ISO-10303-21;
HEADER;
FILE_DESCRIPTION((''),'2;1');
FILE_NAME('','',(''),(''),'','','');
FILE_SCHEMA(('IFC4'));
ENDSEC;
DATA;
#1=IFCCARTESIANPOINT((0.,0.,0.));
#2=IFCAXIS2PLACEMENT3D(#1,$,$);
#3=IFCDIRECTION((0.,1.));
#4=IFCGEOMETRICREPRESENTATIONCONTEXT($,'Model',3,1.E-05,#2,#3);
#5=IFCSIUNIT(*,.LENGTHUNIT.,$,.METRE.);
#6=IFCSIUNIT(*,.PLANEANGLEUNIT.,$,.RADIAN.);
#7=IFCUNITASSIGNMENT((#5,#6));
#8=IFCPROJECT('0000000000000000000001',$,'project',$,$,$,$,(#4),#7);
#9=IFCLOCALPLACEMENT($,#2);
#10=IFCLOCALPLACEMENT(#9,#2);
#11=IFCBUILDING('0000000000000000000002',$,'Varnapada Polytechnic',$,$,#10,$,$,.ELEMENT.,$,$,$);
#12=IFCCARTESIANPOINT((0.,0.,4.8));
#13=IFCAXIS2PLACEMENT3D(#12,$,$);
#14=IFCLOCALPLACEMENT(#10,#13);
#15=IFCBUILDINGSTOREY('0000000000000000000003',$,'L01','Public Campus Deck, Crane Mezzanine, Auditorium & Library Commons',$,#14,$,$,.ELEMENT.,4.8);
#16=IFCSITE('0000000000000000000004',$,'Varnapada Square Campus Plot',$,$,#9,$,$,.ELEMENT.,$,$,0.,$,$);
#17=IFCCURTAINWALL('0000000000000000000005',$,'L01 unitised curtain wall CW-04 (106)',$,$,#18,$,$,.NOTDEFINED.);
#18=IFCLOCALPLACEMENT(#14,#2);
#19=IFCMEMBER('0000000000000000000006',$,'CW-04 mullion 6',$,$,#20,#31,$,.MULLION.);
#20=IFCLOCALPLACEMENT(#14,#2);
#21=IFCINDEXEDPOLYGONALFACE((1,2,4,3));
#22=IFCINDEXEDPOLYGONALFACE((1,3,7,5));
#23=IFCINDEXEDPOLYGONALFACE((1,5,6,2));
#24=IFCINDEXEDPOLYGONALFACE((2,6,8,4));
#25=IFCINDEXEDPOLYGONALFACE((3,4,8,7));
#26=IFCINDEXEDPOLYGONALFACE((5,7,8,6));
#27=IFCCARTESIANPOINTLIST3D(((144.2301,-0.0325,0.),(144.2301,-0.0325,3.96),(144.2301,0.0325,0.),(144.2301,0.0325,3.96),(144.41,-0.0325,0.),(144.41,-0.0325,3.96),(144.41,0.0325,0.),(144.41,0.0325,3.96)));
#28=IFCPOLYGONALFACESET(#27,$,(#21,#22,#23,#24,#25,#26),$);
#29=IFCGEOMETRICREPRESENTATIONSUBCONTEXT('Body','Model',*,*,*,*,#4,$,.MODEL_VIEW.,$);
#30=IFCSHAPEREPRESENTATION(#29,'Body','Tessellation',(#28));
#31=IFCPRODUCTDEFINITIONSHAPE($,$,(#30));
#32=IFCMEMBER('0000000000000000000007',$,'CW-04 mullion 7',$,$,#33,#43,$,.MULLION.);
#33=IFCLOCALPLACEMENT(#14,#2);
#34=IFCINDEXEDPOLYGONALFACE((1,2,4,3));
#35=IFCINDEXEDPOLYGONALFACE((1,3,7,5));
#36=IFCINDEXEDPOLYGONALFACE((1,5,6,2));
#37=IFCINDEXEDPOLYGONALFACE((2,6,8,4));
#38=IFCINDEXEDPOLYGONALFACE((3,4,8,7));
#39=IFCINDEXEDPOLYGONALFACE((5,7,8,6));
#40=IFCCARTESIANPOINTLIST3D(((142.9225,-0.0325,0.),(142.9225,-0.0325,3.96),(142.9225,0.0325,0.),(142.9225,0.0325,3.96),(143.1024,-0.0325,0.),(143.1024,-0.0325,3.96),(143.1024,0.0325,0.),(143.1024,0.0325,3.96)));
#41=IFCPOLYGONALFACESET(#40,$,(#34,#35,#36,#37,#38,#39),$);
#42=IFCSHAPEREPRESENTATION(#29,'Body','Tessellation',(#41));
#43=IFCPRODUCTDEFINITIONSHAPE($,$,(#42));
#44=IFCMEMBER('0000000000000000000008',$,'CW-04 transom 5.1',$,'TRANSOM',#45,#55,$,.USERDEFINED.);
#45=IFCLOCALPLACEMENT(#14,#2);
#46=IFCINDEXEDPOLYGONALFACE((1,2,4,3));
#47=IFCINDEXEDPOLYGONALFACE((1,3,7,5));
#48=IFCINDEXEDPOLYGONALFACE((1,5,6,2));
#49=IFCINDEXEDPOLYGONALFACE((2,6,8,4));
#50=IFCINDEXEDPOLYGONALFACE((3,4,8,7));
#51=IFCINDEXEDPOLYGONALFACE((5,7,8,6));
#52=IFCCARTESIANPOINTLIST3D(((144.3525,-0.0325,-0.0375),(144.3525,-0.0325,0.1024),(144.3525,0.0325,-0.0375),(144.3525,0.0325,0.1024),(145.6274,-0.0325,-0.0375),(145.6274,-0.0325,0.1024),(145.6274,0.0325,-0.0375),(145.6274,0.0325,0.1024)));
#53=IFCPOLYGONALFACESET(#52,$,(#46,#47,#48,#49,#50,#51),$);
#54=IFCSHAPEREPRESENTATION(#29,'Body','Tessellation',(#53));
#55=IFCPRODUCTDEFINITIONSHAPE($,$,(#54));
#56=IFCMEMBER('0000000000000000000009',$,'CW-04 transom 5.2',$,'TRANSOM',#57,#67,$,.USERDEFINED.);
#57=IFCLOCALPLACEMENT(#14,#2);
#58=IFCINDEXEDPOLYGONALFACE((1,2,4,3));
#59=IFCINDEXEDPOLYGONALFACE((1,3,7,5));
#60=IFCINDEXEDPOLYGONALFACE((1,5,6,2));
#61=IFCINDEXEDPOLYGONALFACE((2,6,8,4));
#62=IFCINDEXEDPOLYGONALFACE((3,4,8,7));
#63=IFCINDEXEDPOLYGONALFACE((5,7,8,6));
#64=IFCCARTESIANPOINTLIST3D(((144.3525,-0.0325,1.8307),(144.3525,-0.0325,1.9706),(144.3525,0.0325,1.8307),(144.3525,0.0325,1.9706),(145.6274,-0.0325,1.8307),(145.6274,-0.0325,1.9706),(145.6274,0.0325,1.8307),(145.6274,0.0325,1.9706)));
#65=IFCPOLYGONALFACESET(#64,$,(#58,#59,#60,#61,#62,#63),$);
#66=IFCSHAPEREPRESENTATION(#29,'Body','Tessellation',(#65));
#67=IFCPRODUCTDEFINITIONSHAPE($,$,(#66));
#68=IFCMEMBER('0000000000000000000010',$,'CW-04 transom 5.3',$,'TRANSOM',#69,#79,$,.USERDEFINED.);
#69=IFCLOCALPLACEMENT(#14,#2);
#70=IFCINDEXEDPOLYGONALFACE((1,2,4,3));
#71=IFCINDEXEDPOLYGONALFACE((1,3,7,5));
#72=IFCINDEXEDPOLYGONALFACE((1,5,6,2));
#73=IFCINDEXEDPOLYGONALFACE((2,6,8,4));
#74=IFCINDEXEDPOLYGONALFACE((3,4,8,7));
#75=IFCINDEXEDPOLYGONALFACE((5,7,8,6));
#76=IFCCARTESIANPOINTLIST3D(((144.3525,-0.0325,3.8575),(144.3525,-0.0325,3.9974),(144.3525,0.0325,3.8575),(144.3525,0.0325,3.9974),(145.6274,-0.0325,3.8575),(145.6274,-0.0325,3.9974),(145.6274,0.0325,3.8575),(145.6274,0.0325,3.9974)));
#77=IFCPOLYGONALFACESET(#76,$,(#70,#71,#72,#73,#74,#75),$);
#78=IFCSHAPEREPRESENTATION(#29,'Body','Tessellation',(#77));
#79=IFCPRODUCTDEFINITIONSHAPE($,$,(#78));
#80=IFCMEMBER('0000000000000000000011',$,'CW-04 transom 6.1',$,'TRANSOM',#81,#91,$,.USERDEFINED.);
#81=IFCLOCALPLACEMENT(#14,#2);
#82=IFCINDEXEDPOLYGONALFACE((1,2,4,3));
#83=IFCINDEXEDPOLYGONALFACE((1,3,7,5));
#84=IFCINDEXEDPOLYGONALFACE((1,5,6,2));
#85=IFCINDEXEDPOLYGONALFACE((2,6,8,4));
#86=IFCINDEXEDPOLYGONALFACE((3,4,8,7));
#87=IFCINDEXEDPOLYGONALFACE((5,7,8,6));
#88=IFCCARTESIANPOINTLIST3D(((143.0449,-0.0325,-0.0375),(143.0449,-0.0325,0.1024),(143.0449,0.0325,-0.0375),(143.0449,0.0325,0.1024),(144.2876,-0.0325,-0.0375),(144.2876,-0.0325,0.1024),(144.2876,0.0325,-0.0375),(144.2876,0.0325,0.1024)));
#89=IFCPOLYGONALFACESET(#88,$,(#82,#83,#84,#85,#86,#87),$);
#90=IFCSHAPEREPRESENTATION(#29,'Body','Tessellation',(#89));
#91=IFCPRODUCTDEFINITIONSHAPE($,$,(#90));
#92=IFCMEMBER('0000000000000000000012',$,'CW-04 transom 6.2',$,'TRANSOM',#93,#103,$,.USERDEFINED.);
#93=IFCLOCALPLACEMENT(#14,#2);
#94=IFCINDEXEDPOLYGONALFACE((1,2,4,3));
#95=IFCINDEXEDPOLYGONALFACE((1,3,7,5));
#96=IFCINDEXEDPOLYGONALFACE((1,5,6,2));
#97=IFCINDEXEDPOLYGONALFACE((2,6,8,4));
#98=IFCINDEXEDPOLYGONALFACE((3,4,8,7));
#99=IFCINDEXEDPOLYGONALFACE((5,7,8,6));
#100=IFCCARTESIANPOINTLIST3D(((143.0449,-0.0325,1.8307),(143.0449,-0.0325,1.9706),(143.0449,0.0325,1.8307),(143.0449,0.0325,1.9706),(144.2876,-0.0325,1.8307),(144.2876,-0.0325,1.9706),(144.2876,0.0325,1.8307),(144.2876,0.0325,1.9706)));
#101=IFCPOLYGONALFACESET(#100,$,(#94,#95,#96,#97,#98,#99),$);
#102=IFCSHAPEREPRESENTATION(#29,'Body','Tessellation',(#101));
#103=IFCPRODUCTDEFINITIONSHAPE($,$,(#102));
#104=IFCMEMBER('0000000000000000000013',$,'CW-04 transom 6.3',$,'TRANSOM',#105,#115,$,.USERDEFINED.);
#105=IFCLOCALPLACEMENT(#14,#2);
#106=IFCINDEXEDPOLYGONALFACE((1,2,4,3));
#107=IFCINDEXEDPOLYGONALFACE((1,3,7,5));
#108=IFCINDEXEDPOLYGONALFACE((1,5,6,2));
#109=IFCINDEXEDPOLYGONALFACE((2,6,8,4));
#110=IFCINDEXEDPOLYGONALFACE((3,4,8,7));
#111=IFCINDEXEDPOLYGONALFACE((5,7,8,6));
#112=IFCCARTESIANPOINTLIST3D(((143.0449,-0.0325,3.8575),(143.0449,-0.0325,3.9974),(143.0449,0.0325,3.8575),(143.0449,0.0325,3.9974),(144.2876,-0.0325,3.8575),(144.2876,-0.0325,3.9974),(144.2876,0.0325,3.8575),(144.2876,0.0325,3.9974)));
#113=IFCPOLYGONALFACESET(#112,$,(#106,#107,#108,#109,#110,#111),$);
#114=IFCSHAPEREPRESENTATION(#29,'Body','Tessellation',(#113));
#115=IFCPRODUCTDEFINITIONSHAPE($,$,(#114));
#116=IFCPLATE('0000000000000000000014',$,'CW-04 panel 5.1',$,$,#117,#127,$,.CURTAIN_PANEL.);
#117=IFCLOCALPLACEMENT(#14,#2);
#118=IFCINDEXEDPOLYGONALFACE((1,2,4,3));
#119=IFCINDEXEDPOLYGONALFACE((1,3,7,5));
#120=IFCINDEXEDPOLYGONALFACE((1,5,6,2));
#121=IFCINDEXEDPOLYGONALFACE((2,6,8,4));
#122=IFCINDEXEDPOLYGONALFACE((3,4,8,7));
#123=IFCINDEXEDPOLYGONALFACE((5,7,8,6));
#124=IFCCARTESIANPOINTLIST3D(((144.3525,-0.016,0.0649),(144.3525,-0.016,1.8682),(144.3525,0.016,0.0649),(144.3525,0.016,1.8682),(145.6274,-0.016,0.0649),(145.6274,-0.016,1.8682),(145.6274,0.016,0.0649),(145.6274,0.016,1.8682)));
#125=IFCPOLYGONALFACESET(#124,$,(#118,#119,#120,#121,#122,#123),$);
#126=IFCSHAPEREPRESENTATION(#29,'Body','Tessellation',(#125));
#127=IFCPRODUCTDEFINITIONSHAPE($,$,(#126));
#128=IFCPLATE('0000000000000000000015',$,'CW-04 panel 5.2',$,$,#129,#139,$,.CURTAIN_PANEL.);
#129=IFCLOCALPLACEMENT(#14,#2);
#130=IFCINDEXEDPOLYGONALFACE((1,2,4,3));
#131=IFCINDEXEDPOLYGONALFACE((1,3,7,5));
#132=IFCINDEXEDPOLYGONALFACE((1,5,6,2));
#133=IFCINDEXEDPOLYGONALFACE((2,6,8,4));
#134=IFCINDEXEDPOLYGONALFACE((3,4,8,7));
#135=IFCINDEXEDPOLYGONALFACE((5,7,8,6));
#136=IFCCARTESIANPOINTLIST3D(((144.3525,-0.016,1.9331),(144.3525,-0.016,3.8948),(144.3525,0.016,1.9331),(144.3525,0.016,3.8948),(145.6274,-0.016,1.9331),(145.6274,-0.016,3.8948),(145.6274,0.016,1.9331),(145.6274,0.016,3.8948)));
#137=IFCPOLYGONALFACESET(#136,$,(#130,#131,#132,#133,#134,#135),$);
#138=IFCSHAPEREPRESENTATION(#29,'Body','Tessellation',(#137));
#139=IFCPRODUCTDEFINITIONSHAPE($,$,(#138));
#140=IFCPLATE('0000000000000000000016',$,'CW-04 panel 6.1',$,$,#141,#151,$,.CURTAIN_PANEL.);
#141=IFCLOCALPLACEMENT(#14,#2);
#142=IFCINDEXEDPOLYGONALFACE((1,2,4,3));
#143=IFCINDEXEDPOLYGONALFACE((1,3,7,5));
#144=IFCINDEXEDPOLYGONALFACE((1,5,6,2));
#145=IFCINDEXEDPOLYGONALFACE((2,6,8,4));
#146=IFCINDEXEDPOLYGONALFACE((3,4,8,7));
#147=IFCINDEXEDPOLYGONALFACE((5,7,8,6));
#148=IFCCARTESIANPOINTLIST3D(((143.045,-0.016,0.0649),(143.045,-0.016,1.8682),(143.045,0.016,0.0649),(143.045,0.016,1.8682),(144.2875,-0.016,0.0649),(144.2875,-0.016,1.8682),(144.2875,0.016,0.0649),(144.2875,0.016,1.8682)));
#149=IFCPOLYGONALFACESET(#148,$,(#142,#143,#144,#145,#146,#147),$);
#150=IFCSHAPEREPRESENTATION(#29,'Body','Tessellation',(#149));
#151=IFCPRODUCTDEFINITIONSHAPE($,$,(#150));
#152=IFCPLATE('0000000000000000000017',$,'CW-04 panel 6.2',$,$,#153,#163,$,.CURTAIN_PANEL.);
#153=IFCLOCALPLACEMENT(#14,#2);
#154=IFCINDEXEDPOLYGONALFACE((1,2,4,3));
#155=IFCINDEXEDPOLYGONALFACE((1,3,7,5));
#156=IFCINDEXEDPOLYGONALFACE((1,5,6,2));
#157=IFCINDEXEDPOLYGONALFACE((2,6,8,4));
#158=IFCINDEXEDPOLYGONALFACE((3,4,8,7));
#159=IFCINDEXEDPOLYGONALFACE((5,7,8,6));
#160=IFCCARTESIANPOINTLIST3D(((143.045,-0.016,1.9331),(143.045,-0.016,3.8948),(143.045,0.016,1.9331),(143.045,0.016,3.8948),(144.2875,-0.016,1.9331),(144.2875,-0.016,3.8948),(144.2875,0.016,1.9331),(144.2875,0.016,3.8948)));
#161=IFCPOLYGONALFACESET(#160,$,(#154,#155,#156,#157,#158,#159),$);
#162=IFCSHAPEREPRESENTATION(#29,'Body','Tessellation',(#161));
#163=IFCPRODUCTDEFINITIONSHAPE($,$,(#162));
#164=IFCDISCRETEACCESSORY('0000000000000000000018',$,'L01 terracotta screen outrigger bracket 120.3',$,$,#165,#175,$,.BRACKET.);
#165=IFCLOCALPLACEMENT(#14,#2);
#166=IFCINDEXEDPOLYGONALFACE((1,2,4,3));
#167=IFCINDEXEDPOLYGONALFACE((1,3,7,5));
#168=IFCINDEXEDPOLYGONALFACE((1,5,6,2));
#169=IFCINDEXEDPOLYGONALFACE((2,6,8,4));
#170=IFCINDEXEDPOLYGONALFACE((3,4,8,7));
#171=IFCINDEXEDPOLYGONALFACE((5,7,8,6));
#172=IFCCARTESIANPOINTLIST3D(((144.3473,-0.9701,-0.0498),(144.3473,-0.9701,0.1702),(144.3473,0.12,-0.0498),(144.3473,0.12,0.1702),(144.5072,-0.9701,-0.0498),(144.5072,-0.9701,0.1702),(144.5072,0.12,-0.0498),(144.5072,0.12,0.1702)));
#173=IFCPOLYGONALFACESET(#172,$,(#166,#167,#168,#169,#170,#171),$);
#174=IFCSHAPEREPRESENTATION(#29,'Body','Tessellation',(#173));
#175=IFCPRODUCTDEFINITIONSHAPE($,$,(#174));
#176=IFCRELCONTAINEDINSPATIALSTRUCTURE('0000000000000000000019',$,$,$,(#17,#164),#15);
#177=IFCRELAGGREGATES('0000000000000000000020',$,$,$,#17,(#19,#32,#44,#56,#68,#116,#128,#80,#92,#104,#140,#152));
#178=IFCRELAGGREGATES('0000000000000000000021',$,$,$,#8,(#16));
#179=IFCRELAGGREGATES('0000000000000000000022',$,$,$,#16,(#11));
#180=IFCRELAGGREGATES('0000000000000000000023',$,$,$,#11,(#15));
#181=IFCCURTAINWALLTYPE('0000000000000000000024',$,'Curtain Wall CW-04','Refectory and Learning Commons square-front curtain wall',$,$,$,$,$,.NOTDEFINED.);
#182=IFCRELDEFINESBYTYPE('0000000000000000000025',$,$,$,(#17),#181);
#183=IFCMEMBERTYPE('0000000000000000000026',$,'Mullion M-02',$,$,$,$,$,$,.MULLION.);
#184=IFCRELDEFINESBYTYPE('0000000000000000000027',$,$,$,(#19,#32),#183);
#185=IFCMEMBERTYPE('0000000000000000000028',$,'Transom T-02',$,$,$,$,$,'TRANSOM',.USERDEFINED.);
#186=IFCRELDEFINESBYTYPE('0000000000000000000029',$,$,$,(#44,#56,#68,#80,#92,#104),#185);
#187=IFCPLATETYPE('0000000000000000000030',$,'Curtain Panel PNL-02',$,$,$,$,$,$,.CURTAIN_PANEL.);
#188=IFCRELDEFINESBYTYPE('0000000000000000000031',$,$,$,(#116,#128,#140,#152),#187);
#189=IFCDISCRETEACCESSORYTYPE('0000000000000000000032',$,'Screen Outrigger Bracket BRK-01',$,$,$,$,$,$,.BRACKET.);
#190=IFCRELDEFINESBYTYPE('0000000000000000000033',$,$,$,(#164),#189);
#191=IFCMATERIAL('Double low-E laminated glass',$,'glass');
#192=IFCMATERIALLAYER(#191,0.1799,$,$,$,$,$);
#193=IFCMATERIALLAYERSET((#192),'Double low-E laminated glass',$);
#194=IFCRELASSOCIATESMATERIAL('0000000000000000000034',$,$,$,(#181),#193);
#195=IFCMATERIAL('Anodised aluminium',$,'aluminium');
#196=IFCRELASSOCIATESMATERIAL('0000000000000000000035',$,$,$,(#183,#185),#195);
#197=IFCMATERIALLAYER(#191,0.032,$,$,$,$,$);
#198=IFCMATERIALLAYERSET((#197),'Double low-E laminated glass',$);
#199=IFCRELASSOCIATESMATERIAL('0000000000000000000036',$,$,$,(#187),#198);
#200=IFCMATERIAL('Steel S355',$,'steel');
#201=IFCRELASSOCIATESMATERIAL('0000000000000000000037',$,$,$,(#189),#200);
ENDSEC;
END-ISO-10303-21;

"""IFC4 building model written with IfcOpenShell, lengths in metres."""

from ifc_helpers import new_model, si_unit, direction, frame, origin, origin_2d, place, context, subcontext, project, spatial, rectangle, extrude, material, layer, layer_set, material_profile, profile_set, type_object, element, aggregate, save


model = new_model("IFC4")

# Units and contexts
model_context = context("Model", 3, precision=1e-05, world=origin(), true_north=direction((0.0, 1.0)))
body_context = subcontext(model_context, "Body", "Model", "MODEL_VIEW")
ifc_project = project(units=[si_unit("LENGTHUNIT", "METRE"), si_unit("PLANEANGLEUNIT", "RADIAN")], contexts=[model_context])

# Site, building, storey
site_placement = place(None, origin())
site = spatial("IfcSite", under=ifc_project, at=site_placement, Name="Varnapada Square Campus Plot", CompositionType="ELEMENT", RefElevation=0.0)
building_placement = place(site_placement, origin())
building = spatial("IfcBuilding", under=site, at=building_placement, Name="Varnapada Polytechnic", CompositionType="ELEMENT")
storey_placement = place(building_placement, frame((0.0, 0.0, 4.8)))
storey = spatial("IfcBuildingStorey", under=building, at=storey_placement, Name="L01", Description="Public Campus Deck, Crane Mezzanine, Auditorium & Library Commons", CompositionType="ELEMENT", Elevation=4.8)

# Curtain wall, members, plates
ifc_material_1 = material(Name="Double low-E laminated glass", Category="glass")
ifc_layer_1 = layer(ifc_material_1, 0.1799)
ifc_layer_set_1 = layer_set([ifc_layer_1], Name="Double low-E laminated glass")
curtain_wall_type = type_object("IfcCurtainWallType", Name="Curtain Wall CW-04", Description="Refectory and Learning Commons square-front curtain wall", PredefinedType="NOTDEFINED", material=ifc_layer_set_1)
curtain_wall_placement = place(storey_placement, origin())
curtain_wall = element("IfcCurtainWall", 1, at=curtain_wall_placement, inside=storey, type_object=curtain_wall_type, Name="L01 unitised curtain wall CW-04 (106)", PredefinedType="NOTDEFINED")
ifc_material_2 = material(Name="Anodised aluminium", Category="aluminium")
ifc_material_profile_1 = material_profile(ifc_material_2, rectangle(XDim=0.0649, YDim=0.1799, at=origin_2d()), Name="ALU M65x180")
ifc_profile_set_1 = profile_set([ifc_material_profile_1], Name="Anodised aluminium")
member_type_1 = type_object("IfcMemberType", Name="Mullion M-02", PredefinedType="MULLION", material=ifc_profile_set_1)
member_1_placement = place(storey_placement, frame((144.3201, 0.0, 0.0), z_axis=(0.0, 0.0, 1.0), x_axis=(0.0, -1.0, 0.0)))
member_1 = element("IfcMember", 2, at=member_1_placement, type_object=member_type_1, Name="CW-04 mullion 6", PredefinedType="MULLION", context=body_context, shape_type="SweptSolid", body=[
    extrude(rectangle(XDim=0.0649, YDim=0.1799, at=origin_2d()), origin(), (0.0, 0.0, 1.0), 3.96),
])
member_2_placement = place(storey_placement, frame((143.0125, 0.0, 0.0), z_axis=(0.0, 0.0, 1.0), x_axis=(0.0, -1.0, 0.0)))
member_2 = element("IfcMember", 3, at=member_2_placement, type_object=member_type_1, Name="CW-04 mullion 7", PredefinedType="MULLION", context=body_context, shape_type="SweptSolid", body=[
    extrude(rectangle(XDim=0.0649, YDim=0.1799, at=origin_2d()), origin(), (0.0, 0.0, 1.0), 3.96),
])
ifc_material_profile_2 = material_profile(ifc_material_2, rectangle(XDim=0.0649, YDim=0.1399, at=origin_2d()), Name="ALU T65x140")
ifc_profile_set_2 = profile_set([ifc_material_profile_2], Name="Anodised aluminium")
member_type_2 = type_object("IfcMemberType", Name="Transom T-02", ElementType="TRANSOM", PredefinedType="USERDEFINED", material=ifc_profile_set_2)
member_3_placement = place(storey_placement, frame((145.6274, 0.0, 0.0325), z_axis=(-1.0, 0.0, 0.0), x_axis=(0.0, -1.0, 0.0)))
member_3 = element("IfcMember", 4, at=member_3_placement, type_object=member_type_2, Name="CW-04 transom 5.1", ObjectType="TRANSOM", PredefinedType="USERDEFINED", context=body_context, shape_type="SweptSolid", body=[
    extrude(rectangle(XDim=0.0649, YDim=0.1399, at=origin_2d()), origin(), (0.0, 0.0, 1.0), 1.2749),
])
member_4_placement = place(storey_placement, frame((145.6274, 0.0, 1.9006), z_axis=(-1.0, 0.0, 0.0), x_axis=(0.0, -1.0, 0.0)))
member_4 = element("IfcMember", 5, at=member_4_placement, type_object=member_type_2, Name="CW-04 transom 5.2", ObjectType="TRANSOM", PredefinedType="USERDEFINED", context=body_context, shape_type="SweptSolid", body=[
    extrude(rectangle(XDim=0.0649, YDim=0.1399, at=origin_2d()), origin(), (0.0, 0.0, 1.0), 1.2749),
])
member_5_placement = place(storey_placement, frame((145.6274, 0.0, 3.9275), z_axis=(-1.0, 0.0, 0.0), x_axis=(0.0, -1.0, 0.0)))
member_5 = element("IfcMember", 6, at=member_5_placement, type_object=member_type_2, Name="CW-04 transom 5.3", ObjectType="TRANSOM", PredefinedType="USERDEFINED", context=body_context, shape_type="SweptSolid", body=[
    extrude(rectangle(XDim=0.0649, YDim=0.1399, at=origin_2d()), origin(), (0.0, 0.0, 1.0), 1.2749),
])
member_6_placement = place(storey_placement, frame((144.2876, 0.0, 0.0325), z_axis=(-1.0, 0.0, 0.0), x_axis=(0.0, -1.0, 0.0)))
member_6 = element("IfcMember", 7, at=member_6_placement, type_object=member_type_2, Name="CW-04 transom 6.1", ObjectType="TRANSOM", PredefinedType="USERDEFINED", context=body_context, shape_type="SweptSolid", body=[
    extrude(rectangle(XDim=0.0649, YDim=0.1399, at=origin_2d()), origin(), (0.0, 0.0, 1.0), 1.2427),
])
member_7_placement = place(storey_placement, frame((144.2876, 0.0, 1.9006), z_axis=(-1.0, 0.0, 0.0), x_axis=(0.0, -1.0, 0.0)))
member_7 = element("IfcMember", 8, at=member_7_placement, type_object=member_type_2, Name="CW-04 transom 6.2", ObjectType="TRANSOM", PredefinedType="USERDEFINED", context=body_context, shape_type="SweptSolid", body=[
    extrude(rectangle(XDim=0.0649, YDim=0.1399, at=origin_2d()), origin(), (0.0, 0.0, 1.0), 1.2427),
])
member_8_placement = place(storey_placement, frame((144.2876, 0.0, 3.9275), z_axis=(-1.0, 0.0, 0.0), x_axis=(0.0, -1.0, 0.0)))
member_8 = element("IfcMember", 9, at=member_8_placement, type_object=member_type_2, Name="CW-04 transom 6.3", ObjectType="TRANSOM", PredefinedType="USERDEFINED", context=body_context, shape_type="SweptSolid", body=[
    extrude(rectangle(XDim=0.0649, YDim=0.1399, at=origin_2d()), origin(), (0.0, 0.0, 1.0), 1.2427),
])
ifc_layer_2 = layer(ifc_material_1, 0.032)
ifc_layer_set_2 = layer_set([ifc_layer_2], Name="Double low-E laminated glass")
plate_type = type_object("IfcPlateType", Name="Curtain Panel PNL-02", PredefinedType="CURTAIN_PANEL", material=ifc_layer_set_2)
plate_1_placement = place(storey_placement, frame((144.99, 0.0, 0.0649), z_axis=(0.0, 0.0, 1.0), x_axis=(-1.0, 0.0, 0.0)))
plate_1 = element("IfcPlate", 10, at=plate_1_placement, type_object=plate_type, Name="CW-04 panel 5.1", PredefinedType="CURTAIN_PANEL", context=body_context, shape_type="SweptSolid", body=[
    extrude(rectangle(XDim=1.2749, YDim=0.032, at=origin_2d()), origin(), (0.0, 0.0, 1.0), 1.8032),
])
plate_2_placement = place(storey_placement, frame((144.99, 0.0, 1.9331), z_axis=(0.0, 0.0, 1.0), x_axis=(-1.0, 0.0, 0.0)))
plate_2 = element("IfcPlate", 11, at=plate_2_placement, type_object=plate_type, Name="CW-04 panel 5.2", PredefinedType="CURTAIN_PANEL", context=body_context, shape_type="SweptSolid", body=[
    extrude(rectangle(XDim=1.2749, YDim=0.032, at=origin_2d()), origin(), (0.0, 0.0, 1.0), 1.9617),
])
plate_3_placement = place(storey_placement, frame((143.6663, 0.0, 0.0649), z_axis=(0.0, 0.0, 1.0), x_axis=(-1.0, 0.0, 0.0)))
plate_3 = element("IfcPlate", 12, at=plate_3_placement, type_object=plate_type, Name="CW-04 panel 6.1", PredefinedType="CURTAIN_PANEL", context=body_context, shape_type="SweptSolid", body=[
    extrude(rectangle(XDim=1.2424, YDim=0.032, at=origin_2d()), origin(), (0.0, 0.0, 1.0), 1.8032),
])
plate_4_placement = place(storey_placement, frame((143.6663, 0.0, 1.9331), z_axis=(0.0, 0.0, 1.0), x_axis=(-1.0, 0.0, 0.0)))
plate_4 = element("IfcPlate", 13, at=plate_4_placement, type_object=plate_type, Name="CW-04 panel 6.2", PredefinedType="CURTAIN_PANEL", context=body_context, shape_type="SweptSolid", body=[
    extrude(rectangle(XDim=1.2424, YDim=0.032, at=origin_2d()), origin(), (0.0, 0.0, 1.0), 1.9617),
])
aggregate(curtain_wall, [member_1, member_2, member_3, member_4, member_5, plate_1, plate_2, member_6, member_7, member_8, plate_3, plate_4])

# Discrete accessory
ifc_material_3 = material(Name="Steel S355", Category="steel")
discrete_accessory_type = type_object("IfcDiscreteAccessoryType", Name="Screen Outrigger Bracket BRK-01", PredefinedType="BRACKET", material=ifc_material_3)
discrete_accessory_placement = place(storey_placement, frame((144.4272, -0.425, -0.0498), z_axis=(0.0, 0.0, 1.0), x_axis=(-1.0, 0.0, 0.0)))
element("IfcDiscreteAccessory", 14, at=discrete_accessory_placement, inside=storey, type_object=discrete_accessory_type, Name="L01 terracotta screen outrigger bracket 120.3", PredefinedType="BRACKET", context=body_context, shape_type="SweptSolid", body=[
    extrude(rectangle(XDim=0.1599, YDim=1.0901, at=origin_2d()), origin(), (0.0, 0.0, 1.0), 0.22),
])

save(model, "model.ifc")
